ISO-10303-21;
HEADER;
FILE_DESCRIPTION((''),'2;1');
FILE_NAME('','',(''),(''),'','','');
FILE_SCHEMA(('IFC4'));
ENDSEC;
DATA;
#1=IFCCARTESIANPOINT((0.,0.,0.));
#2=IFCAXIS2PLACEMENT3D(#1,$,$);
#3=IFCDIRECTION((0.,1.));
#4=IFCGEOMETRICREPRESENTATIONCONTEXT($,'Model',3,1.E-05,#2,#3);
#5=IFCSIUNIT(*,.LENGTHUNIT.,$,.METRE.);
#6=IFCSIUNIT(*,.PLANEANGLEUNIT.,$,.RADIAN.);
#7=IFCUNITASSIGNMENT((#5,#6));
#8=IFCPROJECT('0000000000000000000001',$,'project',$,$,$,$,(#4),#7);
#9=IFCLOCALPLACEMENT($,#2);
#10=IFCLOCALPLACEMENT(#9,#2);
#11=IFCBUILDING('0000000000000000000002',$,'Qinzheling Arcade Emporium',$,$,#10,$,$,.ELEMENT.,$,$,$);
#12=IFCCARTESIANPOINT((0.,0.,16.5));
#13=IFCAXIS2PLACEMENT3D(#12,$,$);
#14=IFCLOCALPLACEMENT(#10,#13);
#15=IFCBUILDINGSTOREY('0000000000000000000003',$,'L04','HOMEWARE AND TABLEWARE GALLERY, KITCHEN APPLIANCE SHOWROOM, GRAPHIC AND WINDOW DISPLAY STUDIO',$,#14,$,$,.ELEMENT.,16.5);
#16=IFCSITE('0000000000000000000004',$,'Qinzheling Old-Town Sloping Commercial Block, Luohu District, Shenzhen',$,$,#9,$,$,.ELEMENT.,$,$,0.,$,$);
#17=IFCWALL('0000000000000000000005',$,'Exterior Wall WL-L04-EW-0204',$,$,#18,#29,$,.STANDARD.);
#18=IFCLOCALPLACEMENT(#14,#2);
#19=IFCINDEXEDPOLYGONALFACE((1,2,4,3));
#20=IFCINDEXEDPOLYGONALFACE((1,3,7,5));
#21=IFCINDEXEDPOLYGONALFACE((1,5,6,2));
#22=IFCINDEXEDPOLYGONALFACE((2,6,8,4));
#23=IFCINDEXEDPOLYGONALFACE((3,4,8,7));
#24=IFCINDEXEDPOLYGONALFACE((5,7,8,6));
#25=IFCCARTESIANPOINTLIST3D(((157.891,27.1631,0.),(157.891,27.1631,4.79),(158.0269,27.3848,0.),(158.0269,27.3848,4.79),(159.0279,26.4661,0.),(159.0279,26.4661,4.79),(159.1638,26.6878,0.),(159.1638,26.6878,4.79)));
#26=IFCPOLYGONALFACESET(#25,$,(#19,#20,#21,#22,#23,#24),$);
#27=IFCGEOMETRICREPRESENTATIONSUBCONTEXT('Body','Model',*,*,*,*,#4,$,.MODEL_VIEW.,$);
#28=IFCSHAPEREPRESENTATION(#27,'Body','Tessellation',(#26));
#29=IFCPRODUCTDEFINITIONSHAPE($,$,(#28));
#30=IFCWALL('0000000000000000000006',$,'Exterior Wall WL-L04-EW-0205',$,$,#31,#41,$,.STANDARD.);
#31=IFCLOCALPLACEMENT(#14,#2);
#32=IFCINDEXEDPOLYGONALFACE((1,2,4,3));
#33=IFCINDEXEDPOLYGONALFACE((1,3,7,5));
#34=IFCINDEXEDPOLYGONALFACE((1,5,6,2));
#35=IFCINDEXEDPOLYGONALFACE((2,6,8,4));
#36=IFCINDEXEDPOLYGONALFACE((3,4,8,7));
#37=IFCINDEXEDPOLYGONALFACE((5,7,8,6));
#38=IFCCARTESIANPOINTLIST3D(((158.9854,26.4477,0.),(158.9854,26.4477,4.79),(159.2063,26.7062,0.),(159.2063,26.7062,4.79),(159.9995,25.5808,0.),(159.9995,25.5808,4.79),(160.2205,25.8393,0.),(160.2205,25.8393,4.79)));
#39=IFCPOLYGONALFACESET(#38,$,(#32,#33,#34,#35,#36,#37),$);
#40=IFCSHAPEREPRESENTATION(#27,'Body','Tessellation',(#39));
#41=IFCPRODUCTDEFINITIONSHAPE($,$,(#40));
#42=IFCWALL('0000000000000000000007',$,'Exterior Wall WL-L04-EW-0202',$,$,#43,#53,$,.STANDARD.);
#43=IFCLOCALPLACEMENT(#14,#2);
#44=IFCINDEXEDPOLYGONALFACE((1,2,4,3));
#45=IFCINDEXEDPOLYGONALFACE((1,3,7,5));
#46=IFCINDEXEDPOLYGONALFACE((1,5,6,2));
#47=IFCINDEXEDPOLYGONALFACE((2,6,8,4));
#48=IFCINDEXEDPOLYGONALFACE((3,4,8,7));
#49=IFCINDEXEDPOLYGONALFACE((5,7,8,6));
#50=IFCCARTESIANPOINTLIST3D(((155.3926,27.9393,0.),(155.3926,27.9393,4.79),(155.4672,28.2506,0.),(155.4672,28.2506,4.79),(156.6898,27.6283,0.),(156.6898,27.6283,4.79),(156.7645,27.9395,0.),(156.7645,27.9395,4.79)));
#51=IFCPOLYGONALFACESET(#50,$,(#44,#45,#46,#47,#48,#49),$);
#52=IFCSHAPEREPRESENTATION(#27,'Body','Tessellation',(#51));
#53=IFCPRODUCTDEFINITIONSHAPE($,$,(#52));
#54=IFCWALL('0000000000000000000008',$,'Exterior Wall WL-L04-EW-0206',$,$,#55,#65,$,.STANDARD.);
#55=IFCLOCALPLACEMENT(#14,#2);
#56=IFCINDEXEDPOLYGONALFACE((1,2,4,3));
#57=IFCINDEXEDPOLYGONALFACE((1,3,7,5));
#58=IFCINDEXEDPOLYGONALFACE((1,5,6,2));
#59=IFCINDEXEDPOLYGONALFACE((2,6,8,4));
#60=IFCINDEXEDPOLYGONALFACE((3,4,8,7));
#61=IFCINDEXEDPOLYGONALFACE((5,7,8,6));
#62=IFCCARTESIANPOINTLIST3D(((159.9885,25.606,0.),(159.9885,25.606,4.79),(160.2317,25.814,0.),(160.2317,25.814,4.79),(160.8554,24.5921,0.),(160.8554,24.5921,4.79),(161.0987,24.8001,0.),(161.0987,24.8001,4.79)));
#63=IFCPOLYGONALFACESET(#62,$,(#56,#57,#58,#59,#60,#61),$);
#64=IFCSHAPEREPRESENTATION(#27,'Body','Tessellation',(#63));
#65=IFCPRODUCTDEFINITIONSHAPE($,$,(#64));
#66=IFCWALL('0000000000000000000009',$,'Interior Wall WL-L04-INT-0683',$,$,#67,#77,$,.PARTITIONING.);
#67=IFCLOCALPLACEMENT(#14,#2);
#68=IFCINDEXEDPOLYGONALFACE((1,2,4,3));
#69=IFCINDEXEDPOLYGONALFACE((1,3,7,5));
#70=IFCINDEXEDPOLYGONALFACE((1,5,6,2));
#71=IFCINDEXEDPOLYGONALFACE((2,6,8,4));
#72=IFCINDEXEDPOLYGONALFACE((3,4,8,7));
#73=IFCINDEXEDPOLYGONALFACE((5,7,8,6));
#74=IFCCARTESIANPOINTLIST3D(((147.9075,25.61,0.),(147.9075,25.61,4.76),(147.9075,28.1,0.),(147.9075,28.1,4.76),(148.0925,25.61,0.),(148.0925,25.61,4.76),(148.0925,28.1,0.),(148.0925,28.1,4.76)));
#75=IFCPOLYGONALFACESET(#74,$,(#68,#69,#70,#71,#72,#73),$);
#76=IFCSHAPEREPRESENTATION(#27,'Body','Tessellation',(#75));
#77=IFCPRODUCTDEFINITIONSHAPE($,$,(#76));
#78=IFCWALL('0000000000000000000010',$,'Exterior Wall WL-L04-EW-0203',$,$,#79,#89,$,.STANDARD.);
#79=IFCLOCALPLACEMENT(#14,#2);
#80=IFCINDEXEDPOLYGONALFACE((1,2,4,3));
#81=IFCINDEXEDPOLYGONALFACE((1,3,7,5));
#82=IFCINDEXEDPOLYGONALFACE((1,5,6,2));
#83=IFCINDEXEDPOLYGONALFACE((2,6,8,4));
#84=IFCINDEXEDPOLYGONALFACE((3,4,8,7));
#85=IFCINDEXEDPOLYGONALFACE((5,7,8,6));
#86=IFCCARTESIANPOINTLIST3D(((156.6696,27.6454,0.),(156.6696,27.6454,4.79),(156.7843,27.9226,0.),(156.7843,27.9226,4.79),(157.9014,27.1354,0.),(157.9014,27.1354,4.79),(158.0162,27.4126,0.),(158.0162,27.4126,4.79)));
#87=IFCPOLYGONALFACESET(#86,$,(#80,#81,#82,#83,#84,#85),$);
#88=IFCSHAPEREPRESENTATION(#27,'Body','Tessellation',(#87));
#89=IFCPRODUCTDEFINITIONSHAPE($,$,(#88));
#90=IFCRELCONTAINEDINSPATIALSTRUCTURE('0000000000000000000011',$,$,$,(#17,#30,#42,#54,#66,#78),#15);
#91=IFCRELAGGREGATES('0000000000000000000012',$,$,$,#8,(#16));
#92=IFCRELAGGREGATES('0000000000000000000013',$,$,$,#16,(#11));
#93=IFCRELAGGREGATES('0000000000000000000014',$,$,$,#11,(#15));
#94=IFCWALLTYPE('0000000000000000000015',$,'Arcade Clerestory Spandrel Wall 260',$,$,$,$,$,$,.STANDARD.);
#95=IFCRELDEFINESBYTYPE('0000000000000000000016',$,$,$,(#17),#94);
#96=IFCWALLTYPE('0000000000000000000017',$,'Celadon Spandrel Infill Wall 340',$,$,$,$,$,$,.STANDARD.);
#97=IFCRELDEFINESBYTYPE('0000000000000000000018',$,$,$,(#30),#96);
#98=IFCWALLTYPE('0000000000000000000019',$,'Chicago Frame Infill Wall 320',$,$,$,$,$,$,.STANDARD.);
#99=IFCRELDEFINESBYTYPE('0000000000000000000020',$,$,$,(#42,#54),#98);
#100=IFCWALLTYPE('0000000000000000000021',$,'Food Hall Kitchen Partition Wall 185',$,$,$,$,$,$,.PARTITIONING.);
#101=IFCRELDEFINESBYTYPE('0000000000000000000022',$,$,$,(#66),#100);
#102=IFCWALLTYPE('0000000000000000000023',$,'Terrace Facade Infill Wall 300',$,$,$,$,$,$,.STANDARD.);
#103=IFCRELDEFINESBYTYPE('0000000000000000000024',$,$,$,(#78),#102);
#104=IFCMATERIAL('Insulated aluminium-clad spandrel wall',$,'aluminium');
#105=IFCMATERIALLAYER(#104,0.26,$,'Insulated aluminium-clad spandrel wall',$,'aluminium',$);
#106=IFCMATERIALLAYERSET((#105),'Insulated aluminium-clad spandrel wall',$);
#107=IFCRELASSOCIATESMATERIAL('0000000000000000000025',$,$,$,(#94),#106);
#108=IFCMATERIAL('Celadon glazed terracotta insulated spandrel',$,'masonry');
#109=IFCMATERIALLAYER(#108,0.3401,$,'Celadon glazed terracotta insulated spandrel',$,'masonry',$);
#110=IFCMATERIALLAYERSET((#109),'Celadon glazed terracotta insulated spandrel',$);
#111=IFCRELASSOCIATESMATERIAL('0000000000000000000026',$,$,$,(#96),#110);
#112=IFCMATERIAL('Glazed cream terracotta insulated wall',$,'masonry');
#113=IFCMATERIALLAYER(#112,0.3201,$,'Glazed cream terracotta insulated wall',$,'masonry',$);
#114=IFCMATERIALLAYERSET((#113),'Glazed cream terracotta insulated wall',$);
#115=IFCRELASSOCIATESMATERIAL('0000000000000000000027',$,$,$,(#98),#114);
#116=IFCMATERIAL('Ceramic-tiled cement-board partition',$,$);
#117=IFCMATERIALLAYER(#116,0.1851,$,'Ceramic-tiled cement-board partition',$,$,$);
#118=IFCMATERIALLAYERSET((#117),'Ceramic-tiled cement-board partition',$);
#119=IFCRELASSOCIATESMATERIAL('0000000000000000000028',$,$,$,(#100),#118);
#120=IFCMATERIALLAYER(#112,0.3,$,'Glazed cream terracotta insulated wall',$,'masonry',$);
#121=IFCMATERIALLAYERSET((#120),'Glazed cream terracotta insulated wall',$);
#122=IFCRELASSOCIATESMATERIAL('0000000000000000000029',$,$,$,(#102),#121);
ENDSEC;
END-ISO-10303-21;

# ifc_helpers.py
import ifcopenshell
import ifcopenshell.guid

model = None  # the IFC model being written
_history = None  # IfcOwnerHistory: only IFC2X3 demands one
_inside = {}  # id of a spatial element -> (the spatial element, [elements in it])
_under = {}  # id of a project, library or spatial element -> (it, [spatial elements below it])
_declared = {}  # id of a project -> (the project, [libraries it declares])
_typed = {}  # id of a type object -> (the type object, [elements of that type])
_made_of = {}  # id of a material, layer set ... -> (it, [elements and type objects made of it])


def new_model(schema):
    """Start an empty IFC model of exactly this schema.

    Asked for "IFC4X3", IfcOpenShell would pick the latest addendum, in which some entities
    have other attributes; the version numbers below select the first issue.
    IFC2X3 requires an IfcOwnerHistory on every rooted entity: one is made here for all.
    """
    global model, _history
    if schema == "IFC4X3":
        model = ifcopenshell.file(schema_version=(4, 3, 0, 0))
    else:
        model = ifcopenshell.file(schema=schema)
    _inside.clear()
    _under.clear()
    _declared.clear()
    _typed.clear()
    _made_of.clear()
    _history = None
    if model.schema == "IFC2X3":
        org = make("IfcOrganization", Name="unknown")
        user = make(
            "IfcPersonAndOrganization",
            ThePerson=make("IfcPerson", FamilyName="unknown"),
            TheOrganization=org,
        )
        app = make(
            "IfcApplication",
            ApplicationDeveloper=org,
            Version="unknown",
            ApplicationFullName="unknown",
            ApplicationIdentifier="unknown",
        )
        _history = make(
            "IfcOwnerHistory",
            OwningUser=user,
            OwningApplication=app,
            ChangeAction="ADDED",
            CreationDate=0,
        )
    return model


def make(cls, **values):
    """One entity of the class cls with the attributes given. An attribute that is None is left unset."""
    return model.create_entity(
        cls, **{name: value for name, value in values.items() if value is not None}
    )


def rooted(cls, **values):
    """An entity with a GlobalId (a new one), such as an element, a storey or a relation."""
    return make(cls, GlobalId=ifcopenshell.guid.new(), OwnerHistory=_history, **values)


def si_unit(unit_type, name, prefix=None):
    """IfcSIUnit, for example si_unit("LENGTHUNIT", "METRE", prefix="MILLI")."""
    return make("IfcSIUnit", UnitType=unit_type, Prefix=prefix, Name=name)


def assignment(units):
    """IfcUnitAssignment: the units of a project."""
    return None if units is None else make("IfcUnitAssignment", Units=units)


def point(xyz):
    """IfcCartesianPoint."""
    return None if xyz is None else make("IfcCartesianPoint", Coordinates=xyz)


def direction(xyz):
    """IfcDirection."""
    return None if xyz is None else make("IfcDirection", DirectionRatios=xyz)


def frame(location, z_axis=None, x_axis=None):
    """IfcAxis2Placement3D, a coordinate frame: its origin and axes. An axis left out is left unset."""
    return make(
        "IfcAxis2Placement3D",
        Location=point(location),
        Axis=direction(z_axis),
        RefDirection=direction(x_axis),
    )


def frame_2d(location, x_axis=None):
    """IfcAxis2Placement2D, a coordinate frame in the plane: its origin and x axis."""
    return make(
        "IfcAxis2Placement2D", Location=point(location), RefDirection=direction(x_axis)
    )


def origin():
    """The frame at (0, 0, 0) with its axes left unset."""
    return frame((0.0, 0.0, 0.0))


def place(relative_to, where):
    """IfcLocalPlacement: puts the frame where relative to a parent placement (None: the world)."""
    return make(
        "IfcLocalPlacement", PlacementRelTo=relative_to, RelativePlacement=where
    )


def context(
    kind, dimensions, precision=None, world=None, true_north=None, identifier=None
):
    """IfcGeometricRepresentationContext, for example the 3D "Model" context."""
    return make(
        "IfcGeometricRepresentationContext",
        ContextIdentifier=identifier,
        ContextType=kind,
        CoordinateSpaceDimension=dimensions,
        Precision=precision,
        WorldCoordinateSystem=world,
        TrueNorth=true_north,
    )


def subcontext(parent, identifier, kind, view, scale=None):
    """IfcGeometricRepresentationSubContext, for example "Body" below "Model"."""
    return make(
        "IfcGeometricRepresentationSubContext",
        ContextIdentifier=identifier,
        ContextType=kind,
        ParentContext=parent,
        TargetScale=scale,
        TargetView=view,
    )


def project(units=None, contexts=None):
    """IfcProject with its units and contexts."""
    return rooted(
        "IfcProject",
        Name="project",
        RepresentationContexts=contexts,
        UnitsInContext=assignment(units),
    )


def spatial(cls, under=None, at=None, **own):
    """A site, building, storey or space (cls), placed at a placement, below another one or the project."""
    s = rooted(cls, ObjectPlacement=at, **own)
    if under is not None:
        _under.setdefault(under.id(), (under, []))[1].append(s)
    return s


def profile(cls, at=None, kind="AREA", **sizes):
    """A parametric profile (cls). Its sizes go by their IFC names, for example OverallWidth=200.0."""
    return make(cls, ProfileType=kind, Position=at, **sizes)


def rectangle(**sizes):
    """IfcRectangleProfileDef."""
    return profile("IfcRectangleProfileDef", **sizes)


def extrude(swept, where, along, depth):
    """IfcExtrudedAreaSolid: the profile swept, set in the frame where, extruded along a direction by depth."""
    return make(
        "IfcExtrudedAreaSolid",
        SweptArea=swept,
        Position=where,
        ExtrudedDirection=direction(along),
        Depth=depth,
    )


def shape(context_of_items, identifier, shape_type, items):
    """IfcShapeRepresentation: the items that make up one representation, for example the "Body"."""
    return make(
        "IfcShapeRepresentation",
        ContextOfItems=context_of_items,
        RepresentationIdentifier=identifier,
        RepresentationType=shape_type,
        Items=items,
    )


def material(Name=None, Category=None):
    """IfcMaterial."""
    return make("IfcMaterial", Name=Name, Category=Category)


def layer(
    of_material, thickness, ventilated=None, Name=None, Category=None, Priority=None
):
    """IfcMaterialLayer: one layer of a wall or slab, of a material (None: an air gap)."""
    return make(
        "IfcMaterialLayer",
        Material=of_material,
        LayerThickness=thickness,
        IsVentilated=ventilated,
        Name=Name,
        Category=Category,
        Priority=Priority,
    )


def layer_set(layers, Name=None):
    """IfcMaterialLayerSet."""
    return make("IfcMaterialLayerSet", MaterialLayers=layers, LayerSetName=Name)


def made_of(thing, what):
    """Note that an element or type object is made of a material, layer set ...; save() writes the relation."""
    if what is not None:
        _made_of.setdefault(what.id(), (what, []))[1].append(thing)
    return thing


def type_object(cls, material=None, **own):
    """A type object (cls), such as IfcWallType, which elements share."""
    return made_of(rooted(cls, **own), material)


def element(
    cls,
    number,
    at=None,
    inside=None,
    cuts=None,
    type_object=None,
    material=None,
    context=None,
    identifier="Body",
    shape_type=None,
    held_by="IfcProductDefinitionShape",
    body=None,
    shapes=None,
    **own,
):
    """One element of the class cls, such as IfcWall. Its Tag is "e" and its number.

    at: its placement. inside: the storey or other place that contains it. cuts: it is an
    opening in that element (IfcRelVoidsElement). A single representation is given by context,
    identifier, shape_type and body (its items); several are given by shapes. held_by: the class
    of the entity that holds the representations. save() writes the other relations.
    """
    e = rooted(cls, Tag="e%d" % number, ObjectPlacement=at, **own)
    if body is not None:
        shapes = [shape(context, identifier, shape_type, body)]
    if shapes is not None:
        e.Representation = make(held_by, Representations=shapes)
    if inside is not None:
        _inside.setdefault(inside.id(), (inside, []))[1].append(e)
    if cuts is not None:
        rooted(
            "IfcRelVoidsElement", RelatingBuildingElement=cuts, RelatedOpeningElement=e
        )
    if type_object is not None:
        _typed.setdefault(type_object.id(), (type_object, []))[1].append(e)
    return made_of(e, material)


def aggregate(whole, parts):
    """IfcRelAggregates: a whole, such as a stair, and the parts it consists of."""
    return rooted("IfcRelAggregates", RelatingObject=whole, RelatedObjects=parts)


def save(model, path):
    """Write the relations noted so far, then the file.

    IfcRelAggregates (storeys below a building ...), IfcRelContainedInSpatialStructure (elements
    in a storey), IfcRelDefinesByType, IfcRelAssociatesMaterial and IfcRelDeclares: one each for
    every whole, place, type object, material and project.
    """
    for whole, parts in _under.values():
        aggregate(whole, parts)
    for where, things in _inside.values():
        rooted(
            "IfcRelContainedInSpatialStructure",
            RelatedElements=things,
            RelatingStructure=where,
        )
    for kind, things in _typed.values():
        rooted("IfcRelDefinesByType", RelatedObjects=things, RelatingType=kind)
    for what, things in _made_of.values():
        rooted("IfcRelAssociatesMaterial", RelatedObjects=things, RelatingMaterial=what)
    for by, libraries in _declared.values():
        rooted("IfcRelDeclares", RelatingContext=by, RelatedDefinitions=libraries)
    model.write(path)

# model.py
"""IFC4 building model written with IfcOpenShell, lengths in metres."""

from ifc_helpers import new_model, si_unit, direction, frame, frame_2d, origin, place, context, subcontext, project, spatial, rectangle, extrude, material, layer, layer_set, type_object, element, save


model = new_model("IFC4")

# Units and contexts
model_context = context("Model", 3, precision=1e-05, world=origin(), true_north=direction((0.0, 1.0)))
body_context = subcontext(model_context, "Body", "Model", "MODEL_VIEW")
ifc_project = project(units=[si_unit("LENGTHUNIT", "METRE"), si_unit("PLANEANGLEUNIT", "RADIAN")], contexts=[model_context])

# Site, building, storey
site_placement = place(None, origin())
site = spatial("IfcSite", under=ifc_project, at=site_placement, Name="Qinzheling Old-Town Sloping Commercial Block, Luohu District, Shenzhen", CompositionType="ELEMENT", RefElevation=0.0)
building_placement = place(site_placement, origin())
building = spatial("IfcBuilding", under=site, at=building_placement, Name="Qinzheling Arcade Emporium", CompositionType="ELEMENT")
storey_placement = place(building_placement, frame((0.0, 0.0, 16.5)))
storey = spatial("IfcBuildingStorey", under=building, at=storey_placement, Name="L04", Description="HOMEWARE AND TABLEWARE GALLERY, KITCHEN APPLIANCE SHOWROOM, GRAPHIC AND WINDOW DISPLAY STUDIO", CompositionType="ELEMENT", Elevation=16.5)

# Walls
ifc_material_1 = material(Name="Insulated aluminium-clad spandrel wall", Category="aluminium")
ifc_layer_1 = layer(ifc_material_1, 0.26, Name="Insulated aluminium-clad spandrel wall", Category="aluminium")
ifc_layer_set_1 = layer_set([ifc_layer_1], Name="Insulated aluminium-clad spandrel wall")
wall_type_1 = type_object("IfcWallType", Name="Arcade Clerestory Spandrel Wall 260", PredefinedType="STANDARD", material=ifc_layer_set_1)
wall_1_placement = place(storey_placement, frame((157.959, 27.2739, 0.0), z_axis=(0.0, 0.0, 1.0), x_axis=(0.852543, -0.522656, 0.0)))
element("IfcWall", 1, at=wall_1_placement, inside=storey, type_object=wall_type_1, Name="Exterior Wall WL-L04-EW-0204", PredefinedType="STANDARD", context=body_context, shape_type="SweptSolid", body=[
    extrude(rectangle(XDim=1.3335, YDim=0.26, at=frame_2d((0.6667, 0.0))), origin(), (0.0, 0.0, 1.0), 4.79),
])
ifc_material_2 = material(Name="Celadon glazed terracotta insulated spandrel", Category="masonry")
ifc_layer_2 = layer(ifc_material_2, 0.3401, Name="Celadon glazed terracotta insulated spandrel", Category="masonry")
ifc_layer_set_2 = layer_set([ifc_layer_2], Name="Celadon glazed terracotta insulated spandrel")
wall_type_2 = type_object("IfcWallType", Name="Celadon Spandrel Infill Wall 340", PredefinedType="STANDARD", material=ifc_layer_set_2)
wall_2_placement = place(storey_placement, frame((159.0959, 26.5769, 0.0), z_axis=(0.0, 0.0, 1.0), x_axis=(0.760121, -0.649781, 0.0)))
element("IfcWall", 2, at=wall_2_placement, inside=storey, type_object=wall_type_2, Name="Exterior Wall WL-L04-EW-0205", PredefinedType="STANDARD", context=body_context, shape_type="SweptSolid", body=[
    extrude(rectangle(XDim=1.3342, YDim=0.3401, at=frame_2d((0.667, 0.0))), origin(), (0.0, 0.0, 1.0), 4.79),
])
ifc_material_3 = material(Name="Glazed cream terracotta insulated wall", Category="masonry")
ifc_layer_3 = layer(ifc_material_3, 0.3201, Name="Glazed cream terracotta insulated wall", Category="masonry")
ifc_layer_set_3 = layer_set([ifc_layer_3], Name="Glazed cream terracotta insulated wall")
wall_type_3 = type_object("IfcWallType", Name="Chicago Frame Infill Wall 320", PredefinedType="STANDARD", material=ifc_layer_set_3)
for number, where, z_axis, x_axis, name in (
    (3, (155.4299, 28.095, 0.0), (0.0, 0.0, 1.0), (0.972434, -0.233179, 0.0), "Exterior Wall WL-L04-EW-0202"),
    (4, (160.1101, 25.71, 0.0), (0.0, 0.0, 1.0), (0.649872, -0.760044, 0.0), "Exterior Wall WL-L04-EW-0206"),
):
    element("IfcWall", number, at=place(storey_placement, frame(where, z_axis=z_axis, x_axis=x_axis)), inside=storey, type_object=wall_type_3, Name=name, PredefinedType="STANDARD", context=body_context, shape_type="SweptSolid", body=[
        extrude(rectangle(XDim=1.334, YDim=0.3201, at=frame_2d((0.667, 0.0))), origin(), (0.0, 0.0, 1.0), 4.79),
    ])
ifc_material_4 = material(Name="Ceramic-tiled cement-board partition")
ifc_layer_4 = layer(ifc_material_4, 0.1851, Name="Ceramic-tiled cement-board partition")
ifc_layer_set_4 = layer_set([ifc_layer_4], Name="Ceramic-tiled cement-board partition")
wall_type_4 = type_object("IfcWallType", Name="Food Hall Kitchen Partition Wall 185", PredefinedType="PARTITIONING", material=ifc_layer_set_4)
wall_3_placement = place(storey_placement, frame((148.0, 28.1001, 0.0), z_axis=(0.0, 0.0, 1.0), x_axis=(0.0, -1.0, 0.0)))
element("IfcWall", 5, at=wall_3_placement, inside=storey, type_object=wall_type_4, Name="Interior Wall WL-L04-INT-0683", PredefinedType="PARTITIONING", context=body_context, shape_type="SweptSolid", body=[
    extrude(rectangle(XDim=2.49, YDim=0.1851, at=frame_2d((1.2451, 0.0))), origin(), (0.0, 0.0, 1.0), 4.76),
])
ifc_layer_5 = layer(ifc_material_3, 0.3, Name="Glazed cream terracotta insulated wall", Category="masonry")
ifc_layer_set_5 = layer_set([ifc_layer_5], Name="Glazed cream terracotta insulated wall")
wall_type_5 = type_object("IfcWallType", Name="Terrace Facade Infill Wall 300", PredefinedType="STANDARD", material=ifc_layer_set_5)
wall_4_placement = place(storey_placement, frame((156.7271, 27.7839, 0.0), z_axis=(0.0, 0.0, 1.0), x_axis=(0.923952, -0.382508, 0.0)))
element("IfcWall", 6, at=wall_4_placement, inside=storey, type_object=wall_type_5, Name="Exterior Wall WL-L04-EW-0203", PredefinedType="STANDARD", context=body_context, shape_type="SweptSolid", body=[
    extrude(rectangle(XDim=1.3333, YDim=0.3, at=frame_2d((0.6665, 0.0))), origin(), (0.0, 0.0, 1.0), 4.79),
])

save(model, "model.ifc")
